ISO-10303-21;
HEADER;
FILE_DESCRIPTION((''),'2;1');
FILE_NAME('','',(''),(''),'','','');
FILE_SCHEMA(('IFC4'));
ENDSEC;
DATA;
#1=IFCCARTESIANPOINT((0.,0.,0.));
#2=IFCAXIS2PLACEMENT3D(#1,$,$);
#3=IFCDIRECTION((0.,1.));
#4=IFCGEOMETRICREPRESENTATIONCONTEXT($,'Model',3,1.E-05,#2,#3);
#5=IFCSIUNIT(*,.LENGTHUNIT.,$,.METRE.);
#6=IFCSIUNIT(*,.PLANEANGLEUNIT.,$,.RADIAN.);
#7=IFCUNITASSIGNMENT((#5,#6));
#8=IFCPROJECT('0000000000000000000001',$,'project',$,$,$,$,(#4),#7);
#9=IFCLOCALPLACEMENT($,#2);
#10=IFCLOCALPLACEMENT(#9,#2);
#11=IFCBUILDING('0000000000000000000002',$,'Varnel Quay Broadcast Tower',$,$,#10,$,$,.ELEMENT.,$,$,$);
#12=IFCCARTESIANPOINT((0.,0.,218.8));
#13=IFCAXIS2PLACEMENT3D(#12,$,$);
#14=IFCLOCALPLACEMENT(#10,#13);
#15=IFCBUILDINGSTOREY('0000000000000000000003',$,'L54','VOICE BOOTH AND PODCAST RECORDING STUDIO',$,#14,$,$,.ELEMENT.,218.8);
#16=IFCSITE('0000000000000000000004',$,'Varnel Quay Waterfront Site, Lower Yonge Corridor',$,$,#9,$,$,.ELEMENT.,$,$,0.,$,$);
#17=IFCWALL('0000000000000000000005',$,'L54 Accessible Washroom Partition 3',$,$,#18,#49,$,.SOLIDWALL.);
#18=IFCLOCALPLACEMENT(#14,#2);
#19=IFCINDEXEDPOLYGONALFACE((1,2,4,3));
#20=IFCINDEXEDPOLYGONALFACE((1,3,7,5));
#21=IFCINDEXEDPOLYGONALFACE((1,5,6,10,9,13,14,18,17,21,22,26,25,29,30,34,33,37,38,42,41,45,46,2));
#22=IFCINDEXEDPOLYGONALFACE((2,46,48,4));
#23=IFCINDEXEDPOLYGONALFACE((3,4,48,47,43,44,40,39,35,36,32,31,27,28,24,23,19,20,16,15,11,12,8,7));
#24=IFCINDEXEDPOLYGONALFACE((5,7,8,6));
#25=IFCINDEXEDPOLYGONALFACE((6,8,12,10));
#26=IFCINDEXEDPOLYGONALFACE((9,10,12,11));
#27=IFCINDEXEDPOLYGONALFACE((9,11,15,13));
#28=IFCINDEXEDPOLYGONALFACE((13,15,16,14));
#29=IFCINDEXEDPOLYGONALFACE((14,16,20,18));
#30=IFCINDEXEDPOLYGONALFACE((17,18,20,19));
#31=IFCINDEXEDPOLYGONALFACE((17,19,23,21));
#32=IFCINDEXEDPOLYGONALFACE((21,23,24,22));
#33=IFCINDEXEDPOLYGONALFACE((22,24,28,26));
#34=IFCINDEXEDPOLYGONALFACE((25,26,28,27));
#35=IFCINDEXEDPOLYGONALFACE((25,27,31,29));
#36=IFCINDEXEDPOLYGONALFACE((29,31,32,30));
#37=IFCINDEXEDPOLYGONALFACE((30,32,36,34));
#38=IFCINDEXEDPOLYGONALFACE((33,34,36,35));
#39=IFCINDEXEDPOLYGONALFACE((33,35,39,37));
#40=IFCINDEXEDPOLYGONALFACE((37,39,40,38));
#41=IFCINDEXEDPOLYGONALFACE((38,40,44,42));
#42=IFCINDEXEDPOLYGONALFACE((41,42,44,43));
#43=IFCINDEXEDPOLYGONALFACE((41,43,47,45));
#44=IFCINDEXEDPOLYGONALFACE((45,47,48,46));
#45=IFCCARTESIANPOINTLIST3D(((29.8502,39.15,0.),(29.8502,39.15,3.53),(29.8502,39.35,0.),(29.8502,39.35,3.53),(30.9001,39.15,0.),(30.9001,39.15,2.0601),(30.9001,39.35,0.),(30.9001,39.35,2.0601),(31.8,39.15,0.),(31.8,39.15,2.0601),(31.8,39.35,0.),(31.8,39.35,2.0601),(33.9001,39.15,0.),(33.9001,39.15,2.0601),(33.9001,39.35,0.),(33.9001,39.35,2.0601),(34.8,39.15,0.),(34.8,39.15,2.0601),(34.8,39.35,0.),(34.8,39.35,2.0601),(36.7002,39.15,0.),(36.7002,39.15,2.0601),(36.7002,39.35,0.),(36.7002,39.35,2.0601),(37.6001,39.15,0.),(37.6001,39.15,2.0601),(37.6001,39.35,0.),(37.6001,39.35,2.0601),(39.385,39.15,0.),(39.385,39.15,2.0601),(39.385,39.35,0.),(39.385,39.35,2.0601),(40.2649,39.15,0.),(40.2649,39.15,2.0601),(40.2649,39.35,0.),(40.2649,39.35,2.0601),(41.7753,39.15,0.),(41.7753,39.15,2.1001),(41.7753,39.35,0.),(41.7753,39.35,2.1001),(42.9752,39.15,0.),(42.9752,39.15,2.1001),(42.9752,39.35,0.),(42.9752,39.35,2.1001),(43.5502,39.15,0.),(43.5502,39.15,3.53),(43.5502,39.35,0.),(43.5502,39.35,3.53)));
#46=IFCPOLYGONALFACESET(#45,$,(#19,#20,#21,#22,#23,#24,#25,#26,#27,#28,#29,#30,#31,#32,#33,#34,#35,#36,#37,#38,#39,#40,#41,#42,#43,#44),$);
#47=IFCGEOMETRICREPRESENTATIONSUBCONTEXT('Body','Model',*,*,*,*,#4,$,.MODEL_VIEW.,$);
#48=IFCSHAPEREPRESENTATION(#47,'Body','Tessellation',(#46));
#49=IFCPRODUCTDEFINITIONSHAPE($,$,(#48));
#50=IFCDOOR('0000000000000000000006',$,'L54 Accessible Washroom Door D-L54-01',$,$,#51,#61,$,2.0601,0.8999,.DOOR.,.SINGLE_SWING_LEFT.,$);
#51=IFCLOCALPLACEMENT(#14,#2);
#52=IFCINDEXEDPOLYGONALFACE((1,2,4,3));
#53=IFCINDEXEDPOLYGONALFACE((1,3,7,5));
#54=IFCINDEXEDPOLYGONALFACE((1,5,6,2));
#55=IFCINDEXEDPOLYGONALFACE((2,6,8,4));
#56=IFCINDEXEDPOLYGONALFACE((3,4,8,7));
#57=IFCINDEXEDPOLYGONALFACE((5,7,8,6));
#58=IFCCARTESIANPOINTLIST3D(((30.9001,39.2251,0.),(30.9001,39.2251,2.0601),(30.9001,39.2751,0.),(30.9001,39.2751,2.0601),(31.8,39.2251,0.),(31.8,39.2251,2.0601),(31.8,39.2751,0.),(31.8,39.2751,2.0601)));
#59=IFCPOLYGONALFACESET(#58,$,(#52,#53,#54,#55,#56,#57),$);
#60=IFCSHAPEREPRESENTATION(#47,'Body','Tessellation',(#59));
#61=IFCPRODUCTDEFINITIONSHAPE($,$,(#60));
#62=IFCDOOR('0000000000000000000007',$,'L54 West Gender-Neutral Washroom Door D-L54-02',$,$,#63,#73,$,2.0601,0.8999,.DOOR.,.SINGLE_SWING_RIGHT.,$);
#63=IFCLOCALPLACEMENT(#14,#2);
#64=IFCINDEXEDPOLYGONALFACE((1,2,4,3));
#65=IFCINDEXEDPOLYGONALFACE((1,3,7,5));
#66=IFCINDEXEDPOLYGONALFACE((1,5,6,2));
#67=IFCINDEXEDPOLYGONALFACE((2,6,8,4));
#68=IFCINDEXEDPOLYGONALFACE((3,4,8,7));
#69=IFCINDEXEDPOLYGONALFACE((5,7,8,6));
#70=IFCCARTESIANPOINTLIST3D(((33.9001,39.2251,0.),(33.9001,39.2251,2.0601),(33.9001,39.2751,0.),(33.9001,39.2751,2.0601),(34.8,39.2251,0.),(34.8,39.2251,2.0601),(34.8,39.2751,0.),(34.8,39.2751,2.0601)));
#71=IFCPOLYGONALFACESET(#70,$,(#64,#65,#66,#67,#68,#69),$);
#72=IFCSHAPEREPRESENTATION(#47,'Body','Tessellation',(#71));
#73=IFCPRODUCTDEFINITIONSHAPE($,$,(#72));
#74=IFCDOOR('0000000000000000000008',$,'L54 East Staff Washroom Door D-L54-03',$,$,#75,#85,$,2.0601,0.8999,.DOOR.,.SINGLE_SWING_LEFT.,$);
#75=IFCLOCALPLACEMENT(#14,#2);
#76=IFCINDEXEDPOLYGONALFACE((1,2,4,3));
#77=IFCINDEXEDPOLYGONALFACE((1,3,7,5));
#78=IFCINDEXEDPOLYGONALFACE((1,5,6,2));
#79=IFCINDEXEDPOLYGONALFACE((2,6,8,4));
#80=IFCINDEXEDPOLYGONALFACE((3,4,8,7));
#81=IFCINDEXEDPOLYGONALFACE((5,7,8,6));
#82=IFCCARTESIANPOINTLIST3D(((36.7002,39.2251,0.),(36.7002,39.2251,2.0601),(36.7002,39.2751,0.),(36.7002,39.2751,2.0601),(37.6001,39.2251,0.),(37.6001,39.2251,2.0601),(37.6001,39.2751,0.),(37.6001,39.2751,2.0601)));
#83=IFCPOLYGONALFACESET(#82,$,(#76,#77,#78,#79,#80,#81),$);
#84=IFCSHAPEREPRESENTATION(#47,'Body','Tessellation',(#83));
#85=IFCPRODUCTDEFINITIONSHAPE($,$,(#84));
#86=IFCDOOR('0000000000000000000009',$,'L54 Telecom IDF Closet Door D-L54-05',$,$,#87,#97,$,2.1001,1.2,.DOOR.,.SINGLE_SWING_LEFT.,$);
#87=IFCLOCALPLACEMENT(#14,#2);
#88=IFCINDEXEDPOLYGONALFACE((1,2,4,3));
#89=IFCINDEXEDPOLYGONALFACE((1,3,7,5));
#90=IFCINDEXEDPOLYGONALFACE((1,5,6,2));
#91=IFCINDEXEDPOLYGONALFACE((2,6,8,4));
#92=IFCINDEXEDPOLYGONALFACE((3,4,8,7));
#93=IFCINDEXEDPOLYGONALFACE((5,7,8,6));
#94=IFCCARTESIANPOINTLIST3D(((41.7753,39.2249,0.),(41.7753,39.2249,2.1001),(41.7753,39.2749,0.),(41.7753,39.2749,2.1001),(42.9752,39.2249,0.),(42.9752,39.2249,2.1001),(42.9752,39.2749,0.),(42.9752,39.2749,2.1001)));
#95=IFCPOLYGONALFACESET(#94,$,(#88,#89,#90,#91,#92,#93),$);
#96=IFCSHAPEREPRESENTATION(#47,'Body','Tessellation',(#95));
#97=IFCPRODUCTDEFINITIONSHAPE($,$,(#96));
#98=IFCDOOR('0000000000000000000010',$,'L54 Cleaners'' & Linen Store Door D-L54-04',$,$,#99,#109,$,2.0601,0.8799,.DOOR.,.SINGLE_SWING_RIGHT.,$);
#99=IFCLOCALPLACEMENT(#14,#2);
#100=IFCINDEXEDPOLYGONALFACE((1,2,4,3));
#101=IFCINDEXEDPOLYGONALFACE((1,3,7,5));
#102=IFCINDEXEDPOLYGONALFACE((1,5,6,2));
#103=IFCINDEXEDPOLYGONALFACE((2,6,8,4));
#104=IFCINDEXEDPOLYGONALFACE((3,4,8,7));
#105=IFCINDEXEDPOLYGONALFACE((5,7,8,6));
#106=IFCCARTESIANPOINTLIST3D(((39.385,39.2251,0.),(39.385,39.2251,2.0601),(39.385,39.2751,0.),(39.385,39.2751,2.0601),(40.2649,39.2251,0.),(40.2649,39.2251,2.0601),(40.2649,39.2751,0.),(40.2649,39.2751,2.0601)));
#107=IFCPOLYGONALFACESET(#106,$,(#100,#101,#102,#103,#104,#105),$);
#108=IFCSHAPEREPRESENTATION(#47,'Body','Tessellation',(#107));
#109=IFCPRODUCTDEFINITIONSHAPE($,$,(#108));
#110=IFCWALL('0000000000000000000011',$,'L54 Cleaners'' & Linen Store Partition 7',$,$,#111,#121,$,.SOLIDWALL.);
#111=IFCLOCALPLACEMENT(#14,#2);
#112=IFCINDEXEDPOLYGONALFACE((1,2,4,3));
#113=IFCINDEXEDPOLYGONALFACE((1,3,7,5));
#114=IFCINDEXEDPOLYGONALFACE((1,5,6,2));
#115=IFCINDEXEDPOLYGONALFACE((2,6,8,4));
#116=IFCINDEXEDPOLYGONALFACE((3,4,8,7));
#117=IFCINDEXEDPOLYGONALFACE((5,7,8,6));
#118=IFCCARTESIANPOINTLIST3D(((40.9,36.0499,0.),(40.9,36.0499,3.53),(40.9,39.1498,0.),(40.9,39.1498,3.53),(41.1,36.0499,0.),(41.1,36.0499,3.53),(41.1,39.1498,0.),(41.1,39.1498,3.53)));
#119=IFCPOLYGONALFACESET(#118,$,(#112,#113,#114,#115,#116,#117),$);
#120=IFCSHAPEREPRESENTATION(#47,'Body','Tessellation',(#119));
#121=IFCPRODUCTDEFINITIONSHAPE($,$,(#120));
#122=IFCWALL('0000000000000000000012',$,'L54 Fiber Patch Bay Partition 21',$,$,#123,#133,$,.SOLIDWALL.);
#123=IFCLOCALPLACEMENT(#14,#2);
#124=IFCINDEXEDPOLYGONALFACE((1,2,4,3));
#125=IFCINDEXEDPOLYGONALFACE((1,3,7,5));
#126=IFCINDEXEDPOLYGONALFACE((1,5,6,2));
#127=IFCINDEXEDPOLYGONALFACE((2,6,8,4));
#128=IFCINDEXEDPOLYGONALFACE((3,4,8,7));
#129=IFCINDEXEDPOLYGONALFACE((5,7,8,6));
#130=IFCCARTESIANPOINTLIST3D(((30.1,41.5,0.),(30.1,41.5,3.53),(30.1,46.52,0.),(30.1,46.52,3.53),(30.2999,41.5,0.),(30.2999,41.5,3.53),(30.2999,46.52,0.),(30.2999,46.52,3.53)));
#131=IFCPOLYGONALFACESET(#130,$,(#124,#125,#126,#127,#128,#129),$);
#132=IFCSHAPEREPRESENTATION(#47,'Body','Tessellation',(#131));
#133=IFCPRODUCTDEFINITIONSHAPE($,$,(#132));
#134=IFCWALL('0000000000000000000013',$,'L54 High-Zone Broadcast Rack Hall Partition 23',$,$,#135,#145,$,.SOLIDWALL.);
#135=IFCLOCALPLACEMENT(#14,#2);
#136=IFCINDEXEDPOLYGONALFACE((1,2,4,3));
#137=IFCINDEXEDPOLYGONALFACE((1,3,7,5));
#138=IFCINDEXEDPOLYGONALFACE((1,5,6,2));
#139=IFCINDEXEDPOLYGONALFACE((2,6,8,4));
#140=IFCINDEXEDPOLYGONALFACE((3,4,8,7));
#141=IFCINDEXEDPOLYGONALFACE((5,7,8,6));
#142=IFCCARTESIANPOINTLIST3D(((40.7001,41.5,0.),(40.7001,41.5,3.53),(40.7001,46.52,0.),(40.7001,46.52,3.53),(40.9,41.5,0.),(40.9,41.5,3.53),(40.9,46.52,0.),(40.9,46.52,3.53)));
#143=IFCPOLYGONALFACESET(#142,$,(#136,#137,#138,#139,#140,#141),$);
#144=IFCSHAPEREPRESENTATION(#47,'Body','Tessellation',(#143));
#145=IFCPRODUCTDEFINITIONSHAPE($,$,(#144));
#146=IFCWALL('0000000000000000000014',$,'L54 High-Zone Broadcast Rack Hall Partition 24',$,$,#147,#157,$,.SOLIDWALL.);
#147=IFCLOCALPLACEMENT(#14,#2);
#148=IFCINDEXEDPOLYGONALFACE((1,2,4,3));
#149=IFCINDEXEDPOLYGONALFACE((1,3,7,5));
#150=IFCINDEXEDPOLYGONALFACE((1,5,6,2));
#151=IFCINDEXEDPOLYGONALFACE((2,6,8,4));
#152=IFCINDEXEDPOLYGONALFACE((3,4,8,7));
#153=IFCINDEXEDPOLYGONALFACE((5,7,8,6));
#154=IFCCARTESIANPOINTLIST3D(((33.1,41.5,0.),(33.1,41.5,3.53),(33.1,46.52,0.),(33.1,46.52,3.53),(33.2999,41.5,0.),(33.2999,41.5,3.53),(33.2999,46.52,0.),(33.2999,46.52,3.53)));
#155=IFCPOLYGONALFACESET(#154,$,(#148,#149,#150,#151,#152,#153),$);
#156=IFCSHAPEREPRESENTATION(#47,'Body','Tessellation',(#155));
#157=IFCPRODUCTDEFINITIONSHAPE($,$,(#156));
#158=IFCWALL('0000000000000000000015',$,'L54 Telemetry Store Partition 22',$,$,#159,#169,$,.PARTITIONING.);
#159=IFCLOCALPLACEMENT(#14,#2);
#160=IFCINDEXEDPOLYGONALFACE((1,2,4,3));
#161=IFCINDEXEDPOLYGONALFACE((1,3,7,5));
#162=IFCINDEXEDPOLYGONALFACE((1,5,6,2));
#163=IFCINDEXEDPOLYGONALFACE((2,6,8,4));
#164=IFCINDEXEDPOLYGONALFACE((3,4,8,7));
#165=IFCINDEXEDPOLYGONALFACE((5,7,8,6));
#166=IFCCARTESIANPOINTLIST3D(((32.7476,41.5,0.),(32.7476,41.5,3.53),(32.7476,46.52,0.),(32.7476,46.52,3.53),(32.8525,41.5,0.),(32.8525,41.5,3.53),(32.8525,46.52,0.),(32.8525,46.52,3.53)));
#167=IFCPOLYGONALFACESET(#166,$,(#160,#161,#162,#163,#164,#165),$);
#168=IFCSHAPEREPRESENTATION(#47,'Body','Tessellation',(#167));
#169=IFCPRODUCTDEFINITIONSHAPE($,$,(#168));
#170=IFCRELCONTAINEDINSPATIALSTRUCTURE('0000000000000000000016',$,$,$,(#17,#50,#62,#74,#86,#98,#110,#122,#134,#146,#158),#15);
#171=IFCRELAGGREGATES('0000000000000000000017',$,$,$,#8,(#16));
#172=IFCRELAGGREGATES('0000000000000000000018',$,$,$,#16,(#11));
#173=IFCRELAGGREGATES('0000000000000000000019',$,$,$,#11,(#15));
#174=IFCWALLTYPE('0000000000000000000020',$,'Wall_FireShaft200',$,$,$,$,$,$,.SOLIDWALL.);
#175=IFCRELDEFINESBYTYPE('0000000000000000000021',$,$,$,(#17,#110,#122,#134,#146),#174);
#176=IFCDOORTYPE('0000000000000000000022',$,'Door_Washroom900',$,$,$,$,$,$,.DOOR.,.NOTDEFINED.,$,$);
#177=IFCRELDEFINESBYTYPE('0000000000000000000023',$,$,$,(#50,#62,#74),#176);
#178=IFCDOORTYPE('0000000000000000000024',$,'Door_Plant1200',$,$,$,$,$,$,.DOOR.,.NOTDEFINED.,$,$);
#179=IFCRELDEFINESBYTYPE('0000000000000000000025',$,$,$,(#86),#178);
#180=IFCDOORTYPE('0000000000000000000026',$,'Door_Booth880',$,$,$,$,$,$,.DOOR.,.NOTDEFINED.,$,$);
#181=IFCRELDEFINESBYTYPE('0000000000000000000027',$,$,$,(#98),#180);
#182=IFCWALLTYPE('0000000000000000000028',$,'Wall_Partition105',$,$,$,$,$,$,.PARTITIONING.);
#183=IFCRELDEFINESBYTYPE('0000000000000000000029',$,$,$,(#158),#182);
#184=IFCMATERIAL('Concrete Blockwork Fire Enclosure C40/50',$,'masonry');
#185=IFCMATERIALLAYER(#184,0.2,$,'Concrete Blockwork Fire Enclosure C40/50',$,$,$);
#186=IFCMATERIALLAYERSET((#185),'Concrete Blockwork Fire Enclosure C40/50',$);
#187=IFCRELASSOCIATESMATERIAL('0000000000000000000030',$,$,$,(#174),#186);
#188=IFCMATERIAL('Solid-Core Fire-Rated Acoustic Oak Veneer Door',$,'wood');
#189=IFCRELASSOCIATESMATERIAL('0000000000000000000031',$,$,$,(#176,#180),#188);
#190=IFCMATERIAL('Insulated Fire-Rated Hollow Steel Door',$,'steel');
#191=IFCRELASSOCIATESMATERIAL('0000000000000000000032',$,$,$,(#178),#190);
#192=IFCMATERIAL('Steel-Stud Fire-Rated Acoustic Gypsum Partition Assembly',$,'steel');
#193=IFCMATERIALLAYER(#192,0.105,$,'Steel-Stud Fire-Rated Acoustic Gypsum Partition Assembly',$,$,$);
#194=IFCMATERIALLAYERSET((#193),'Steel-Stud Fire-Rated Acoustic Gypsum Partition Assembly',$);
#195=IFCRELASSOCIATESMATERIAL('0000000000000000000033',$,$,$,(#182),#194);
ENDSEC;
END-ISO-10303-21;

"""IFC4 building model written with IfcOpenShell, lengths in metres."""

from ifc_helpers import new_model, si_unit, direction, frame, frame_2d, origin, place, context, subcontext, project, spatial, rectangle, extrude, source, transform, mapped, material, layer, layer_set, type_object, type_shapes, element, fill, save


model = new_model("IFC4")

# Units and contexts
model_context = context("Model", 3, precision=1e-05, world=origin(), true_north=direction((0.0, 1.0)))
body_context = subcontext(model_context, "Body", "Model", "MODEL_VIEW")
ifc_project = project(units=[si_unit("LENGTHUNIT", "METRE"), si_unit("PLANEANGLEUNIT", "RADIAN")], contexts=[model_context])

# Site, building, storey
site_placement = place(None, origin())
site = spatial("IfcSite", under=ifc_project, at=site_placement, Name="Varnel Quay Waterfront Site, Lower Yonge Corridor", CompositionType="ELEMENT", RefElevation=0.0)
building_placement = place(site_placement, origin())
building = spatial("IfcBuilding", under=site, at=building_placement, Name="Varnel Quay Broadcast Tower", CompositionType="ELEMENT")
storey_placement = place(building_placement, frame((0.0, 0.0, 218.8)))
storey = spatial("IfcBuildingStorey", under=building, at=storey_placement, Name="L54", Description="VOICE BOOTH AND PODCAST RECORDING STUDIO", CompositionType="ELEMENT", Elevation=218.8)

# Shared definitions
ifc_material_1 = material(Name="Insulated Fire-Rated Hollow Steel Door", Category="steel")

# Shared definitions
ifc_material_2 = material(Name="Concrete Blockwork Fire Enclosure C40/50", Category="masonry")
ifc_layer_1 = layer(ifc_material_2, 0.2, Name="Concrete Blockwork Fire Enclosure C40/50")
ifc_layer_set_1 = layer_set([ifc_layer_1], Name="Concrete Blockwork Fire Enclosure C40/50")
wall_type_1 = type_object("IfcWallType", Name="Wall_FireShaft200", PredefinedType="SOLIDWALL", material=ifc_layer_set_1)

# Wall, openings, doors
wall_1_placement = place(storey_placement, frame((29.8501, 39.25, 0.0), z_axis=(0.0, 0.0, 1.0), x_axis=(1.0, 0.0, 0.0)))
wall_1 = element("IfcWall", 1, at=wall_1_placement, inside=storey, type_object=wall_type_1, Name="L54 Accessible Washroom Partition 3", PredefinedType="SOLIDWALL", context=body_context, shape_type="SweptSolid", body=[
    extrude(rectangle(XDim=13.7, YDim=0.2, at=frame_2d((6.8501, 0.0))), origin(), (0.0, 0.0, 1.0), 3.53),
])
opening_1_placement = place(wall_1_placement, frame((1.05, 0.0, 0.0)))
opening_1 = element("IfcOpeningElement", 2, at=opening_1_placement, cuts=wall_1, PredefinedType="OPENING", context=body_context, shape_type="SweptSolid", body=[
    extrude(rectangle(XDim=0.8999, YDim=2.0601, at=frame_2d((0.45, 1.03))), frame((0.0, 0.1099, 0.0), z_axis=(0.0, -1.0, 0.0), x_axis=(1.0, 0.0, 0.0)), (0.0, 0.0, 1.0), 0.22),
])
opening_2_placement = place(wall_1_placement, frame((4.05, 0.0, 0.0)))
opening_2 = element("IfcOpeningElement", 3, at=opening_2_placement, cuts=wall_1, PredefinedType="OPENING", context=body_context, shape_type="SweptSolid", body=[
    extrude(rectangle(XDim=0.8999, YDim=2.0601, at=frame_2d((0.45, 1.03))), frame((0.0, 0.1099, 0.0), z_axis=(0.0, -1.0, 0.0), x_axis=(1.0, 0.0, 0.0)), (0.0, 0.0, 1.0), 0.22),
])
opening_3_placement = place(wall_1_placement, frame((6.8501, 0.0, 0.0)))
opening_3 = element("IfcOpeningElement", 4, at=opening_3_placement, cuts=wall_1, PredefinedType="OPENING", context=body_context, shape_type="SweptSolid", body=[
    extrude(rectangle(XDim=0.8999, YDim=2.0601, at=frame_2d((0.45, 1.03))), frame((0.0, 0.1099, 0.0), z_axis=(0.0, -1.0, 0.0), x_axis=(1.0, 0.0, 0.0)), (0.0, 0.0, 1.0), 0.22),
])
opening_4_placement = place(wall_1_placement, frame((9.5349, 0.0, 0.0)))
opening_4 = element("IfcOpeningElement", 5, at=opening_4_placement, cuts=wall_1, PredefinedType="OPENING", context=body_context, shape_type="SweptSolid", body=[
    extrude(rectangle(XDim=0.8799, YDim=2.0601, at=frame_2d((0.4399, 1.03))), frame((0.0, 0.1099, 0.0), z_axis=(0.0, -1.0, 0.0), x_axis=(1.0, 0.0, 0.0)), (0.0, 0.0, 1.0), 0.22),
])
opening_5_placement = place(wall_1_placement, frame((11.925, 0.0, 0.0)))
opening_5 = element("IfcOpeningElement", 6, at=opening_5_placement, cuts=wall_1, PredefinedType="OPENING", context=body_context, shape_type="SweptSolid", body=[
    extrude(rectangle(XDim=1.2, YDim=2.1001, at=frame_2d((0.6001, 1.05))), frame((0.0, 0.1099, 0.0), z_axis=(0.0, -1.0, 0.0), x_axis=(1.0, 0.0, 0.0)), (0.0, 0.0, 1.0), 0.22),
])
ifc_material_3 = material(Name="Solid-Core Fire-Rated Acoustic Oak Veneer Door", Category="wood")
door_type_1 = type_object("IfcDoorType", Name="Door_Washroom900", OperationType="NOTDEFINED", PredefinedType="DOOR", material=ifc_material_3)
shared_shape_1 = source(origin(), body_context, "Body", "SweptSolid", [
    extrude(rectangle(XDim=0.8999, YDim=2.0601, at=frame_2d((0.45, 1.03))), frame((0.0, 0.0249, 0.0), z_axis=(0.0, -1.0, 0.0), x_axis=(1.0, 0.0, 0.0)), (0.0, 0.0, 1.0), 0.05),
])
type_shapes(door_type_1, [shared_shape_1])
door_1_placement = place(opening_1_placement, frame((0.8999, 0.0, 0.0), z_axis=(0.0, 0.0, 1.0), x_axis=(-1.0, 0.0, 0.0)))
door_1 = element("IfcDoor", 7, at=door_1_placement, inside=storey, type_object=door_type_1, Name="L54 Accessible Washroom Door D-L54-01", OperationType="SINGLE_SWING_LEFT", OverallHeight=2.0601, OverallWidth=0.8999, PredefinedType="DOOR", context=body_context, shape_type="MappedRepresentation", body=[
    mapped(shared_shape_1, transform((0.0, 0.0, 0.0), x_axis=(1.0, 0.0, 0.0), y_axis=(0.0, 1.0, 0.0), z_axis=(0.0, 0.0, 1.0), scale=1.0)),
])
fill(opening_1, door_1)
door_2_placement = place(opening_2_placement, frame((0.8999, 0.0, 0.0), z_axis=(0.0, 0.0, 1.0), x_axis=(-1.0, 0.0, 0.0)))
door_2 = element("IfcDoor", 8, at=door_2_placement, inside=storey, type_object=door_type_1, Name="L54 West Gender-Neutral Washroom Door D-L54-02", OperationType="SINGLE_SWING_RIGHT", OverallHeight=2.0601, OverallWidth=0.8999, PredefinedType="DOOR", context=body_context, shape_type="MappedRepresentation", body=[
    mapped(shared_shape_1, transform((0.0, 0.0, 0.0), x_axis=(1.0, 0.0, 0.0), y_axis=(0.0, 1.0, 0.0), z_axis=(0.0, 0.0, 1.0), scale=1.0)),
])
fill(opening_2, door_2)
door_3_placement = place(opening_3_placement, frame((0.8999, 0.0, 0.0), z_axis=(0.0, 0.0, 1.0), x_axis=(-1.0, 0.0, 0.0)))
door_3 = element("IfcDoor", 9, at=door_3_placement, inside=storey, type_object=door_type_1, Name="L54 East Staff Washroom Door D-L54-03", OperationType="SINGLE_SWING_LEFT", OverallHeight=2.0601, OverallWidth=0.8999, PredefinedType="DOOR", context=body_context, shape_type="MappedRepresentation", body=[
    mapped(shared_shape_1, transform((0.0, 0.0, 0.0), x_axis=(1.0, 0.0, 0.0), y_axis=(0.0, 1.0, 0.0), z_axis=(0.0, 0.0, 1.0), scale=1.0)),
])
fill(opening_3, door_3)
door_type_2 = type_object("IfcDoorType", Name="Door_Plant1200", OperationType="NOTDEFINED", PredefinedType="DOOR", material=ifc_material_1)
shared_shape_2 = source(origin(), body_context, "Body", "SweptSolid", [
    extrude(rectangle(XDim=1.2, YDim=2.1001, at=frame_2d((0.6001, 1.05))), frame((0.0, 0.0249, 0.0), z_axis=(0.0, -1.0, 0.0), x_axis=(1.0, 0.0, 0.0)), (0.0, 0.0, 1.0), 0.05),
])
type_shapes(door_type_2, [shared_shape_2])
door_4_placement = place(opening_5_placement, origin())
door_4 = element("IfcDoor", 10, at=door_4_placement, inside=storey, type_object=door_type_2, Name="L54 Telecom IDF Closet Door D-L54-05", OperationType="SINGLE_SWING_LEFT", OverallHeight=2.1001, OverallWidth=1.2, PredefinedType="DOOR", context=body_context, shape_type="MappedRepresentation", body=[
    mapped(shared_shape_2, transform((0.0, 0.0, 0.0), x_axis=(1.0, 0.0, 0.0), y_axis=(0.0, 1.0, 0.0), z_axis=(0.0, 0.0, 1.0), scale=1.0)),
])
fill(opening_5, door_4)
door_type_3 = type_object("IfcDoorType", Name="Door_Booth880", OperationType="NOTDEFINED", PredefinedType="DOOR", material=ifc_material_3)
shared_shape_3 = source(origin(), body_context, "Body", "SweptSolid", [
    extrude(rectangle(XDim=0.8799, YDim=2.0601, at=frame_2d((0.4399, 1.03))), frame((0.0, 0.0249, 0.0), z_axis=(0.0, -1.0, 0.0), x_axis=(1.0, 0.0, 0.0)), (0.0, 0.0, 1.0), 0.05),
])
type_shapes(door_type_3, [shared_shape_3])
door_5_placement = place(opening_4_placement, frame((0.8799, 0.0, 0.0), z_axis=(0.0, 0.0, 1.0), x_axis=(-1.0, 0.0, 0.0)))
door_5 = element("IfcDoor", 11, at=door_5_placement, inside=storey, type_object=door_type_3, Name="L54 Cleaners' & Linen Store Door D-L54-04", OperationType="SINGLE_SWING_RIGHT", OverallHeight=2.0601, OverallWidth=0.8799, PredefinedType="DOOR", context=body_context, shape_type="MappedRepresentation", body=[
    mapped(shared_shape_3, transform((0.0, 0.0, 0.0), x_axis=(1.0, 0.0, 0.0), y_axis=(0.0, 1.0, 0.0), z_axis=(0.0, 0.0, 1.0), scale=1.0)),
])
fill(opening_4, door_5)

# Walls
wall_2_placement = place(storey_placement, frame((41.0, 36.05, 0.0), z_axis=(0.0, 0.0, 1.0), x_axis=(0.0, 1.0, 0.0)))
element("IfcWall", 12, at=wall_2_placement, inside=storey, type_object=wall_type_1, Name="L54 Cleaners' & Linen Store Partition 7", PredefinedType="SOLIDWALL", context=body_context, shape_type="SweptSolid", body=[
    extrude(rectangle(XDim=3.0999, YDim=0.2, at=frame_2d((1.5498, 0.0))), origin(), (0.0, 0.0, 1.0), 3.53),
])
for number, where, z_axis, x_axis, name in (
    (13, (30.2, 41.5, 0.0), (0.0, 0.0, 1.0), (0.0, 1.0, 0.0), "L54 Fiber Patch Bay Partition 21"),
    (14, (40.8, 41.5, 0.0), (0.0, 0.0, 1.0), (0.0, 1.0, 0.0), "L54 High-Zone Broadcast Rack Hall Partition 23"),
    (15, (33.2, 41.5, 0.0), (0.0, 0.0, 1.0), (0.0, 1.0, 0.0), "L54 High-Zone Broadcast Rack Hall Partition 24"),
):
    element("IfcWall", number, at=place(storey_placement, frame(where, z_axis=z_axis, x_axis=x_axis)), inside=storey, type_object=wall_type_1, Name=name, PredefinedType="SOLIDWALL", context=body_context, shape_type="SweptSolid", body=[
        extrude(rectangle(XDim=5.02, YDim=0.2, at=frame_2d((2.51, 0.0))), origin(), (0.0, 0.0, 1.0), 3.53),
    ])
ifc_material_4 = material(Name="Steel-Stud Fire-Rated Acoustic Gypsum Partition Assembly", Category="steel")
ifc_layer_2 = layer(ifc_material_4, 0.105, Name="Steel-Stud Fire-Rated Acoustic Gypsum Partition Assembly")
ifc_layer_set_2 = layer_set([ifc_layer_2], Name="Steel-Stud Fire-Rated Acoustic Gypsum Partition Assembly")
wall_type_2 = type_object("IfcWallType", Name="Wall_Partition105", PredefinedType="PARTITIONING", material=ifc_layer_set_2)
wall_3_placement = place(storey_placement, frame((32.8, 41.5, 0.0), z_axis=(0.0, 0.0, 1.0), x_axis=(0.0, 1.0, 0.0)))
element("IfcWall", 16, at=wall_3_placement, inside=storey, type_object=wall_type_2, Name="L54 Telemetry Store Partition 22", PredefinedType="PARTITIONING", context=body_context, shape_type="SweptSolid", body=[
    extrude(rectangle(XDim=5.02, YDim=0.105, at=frame_2d((2.51, 0.0))), origin(), (0.0, 0.0, 1.0), 3.53),
])

save(model, "model.ifc")
